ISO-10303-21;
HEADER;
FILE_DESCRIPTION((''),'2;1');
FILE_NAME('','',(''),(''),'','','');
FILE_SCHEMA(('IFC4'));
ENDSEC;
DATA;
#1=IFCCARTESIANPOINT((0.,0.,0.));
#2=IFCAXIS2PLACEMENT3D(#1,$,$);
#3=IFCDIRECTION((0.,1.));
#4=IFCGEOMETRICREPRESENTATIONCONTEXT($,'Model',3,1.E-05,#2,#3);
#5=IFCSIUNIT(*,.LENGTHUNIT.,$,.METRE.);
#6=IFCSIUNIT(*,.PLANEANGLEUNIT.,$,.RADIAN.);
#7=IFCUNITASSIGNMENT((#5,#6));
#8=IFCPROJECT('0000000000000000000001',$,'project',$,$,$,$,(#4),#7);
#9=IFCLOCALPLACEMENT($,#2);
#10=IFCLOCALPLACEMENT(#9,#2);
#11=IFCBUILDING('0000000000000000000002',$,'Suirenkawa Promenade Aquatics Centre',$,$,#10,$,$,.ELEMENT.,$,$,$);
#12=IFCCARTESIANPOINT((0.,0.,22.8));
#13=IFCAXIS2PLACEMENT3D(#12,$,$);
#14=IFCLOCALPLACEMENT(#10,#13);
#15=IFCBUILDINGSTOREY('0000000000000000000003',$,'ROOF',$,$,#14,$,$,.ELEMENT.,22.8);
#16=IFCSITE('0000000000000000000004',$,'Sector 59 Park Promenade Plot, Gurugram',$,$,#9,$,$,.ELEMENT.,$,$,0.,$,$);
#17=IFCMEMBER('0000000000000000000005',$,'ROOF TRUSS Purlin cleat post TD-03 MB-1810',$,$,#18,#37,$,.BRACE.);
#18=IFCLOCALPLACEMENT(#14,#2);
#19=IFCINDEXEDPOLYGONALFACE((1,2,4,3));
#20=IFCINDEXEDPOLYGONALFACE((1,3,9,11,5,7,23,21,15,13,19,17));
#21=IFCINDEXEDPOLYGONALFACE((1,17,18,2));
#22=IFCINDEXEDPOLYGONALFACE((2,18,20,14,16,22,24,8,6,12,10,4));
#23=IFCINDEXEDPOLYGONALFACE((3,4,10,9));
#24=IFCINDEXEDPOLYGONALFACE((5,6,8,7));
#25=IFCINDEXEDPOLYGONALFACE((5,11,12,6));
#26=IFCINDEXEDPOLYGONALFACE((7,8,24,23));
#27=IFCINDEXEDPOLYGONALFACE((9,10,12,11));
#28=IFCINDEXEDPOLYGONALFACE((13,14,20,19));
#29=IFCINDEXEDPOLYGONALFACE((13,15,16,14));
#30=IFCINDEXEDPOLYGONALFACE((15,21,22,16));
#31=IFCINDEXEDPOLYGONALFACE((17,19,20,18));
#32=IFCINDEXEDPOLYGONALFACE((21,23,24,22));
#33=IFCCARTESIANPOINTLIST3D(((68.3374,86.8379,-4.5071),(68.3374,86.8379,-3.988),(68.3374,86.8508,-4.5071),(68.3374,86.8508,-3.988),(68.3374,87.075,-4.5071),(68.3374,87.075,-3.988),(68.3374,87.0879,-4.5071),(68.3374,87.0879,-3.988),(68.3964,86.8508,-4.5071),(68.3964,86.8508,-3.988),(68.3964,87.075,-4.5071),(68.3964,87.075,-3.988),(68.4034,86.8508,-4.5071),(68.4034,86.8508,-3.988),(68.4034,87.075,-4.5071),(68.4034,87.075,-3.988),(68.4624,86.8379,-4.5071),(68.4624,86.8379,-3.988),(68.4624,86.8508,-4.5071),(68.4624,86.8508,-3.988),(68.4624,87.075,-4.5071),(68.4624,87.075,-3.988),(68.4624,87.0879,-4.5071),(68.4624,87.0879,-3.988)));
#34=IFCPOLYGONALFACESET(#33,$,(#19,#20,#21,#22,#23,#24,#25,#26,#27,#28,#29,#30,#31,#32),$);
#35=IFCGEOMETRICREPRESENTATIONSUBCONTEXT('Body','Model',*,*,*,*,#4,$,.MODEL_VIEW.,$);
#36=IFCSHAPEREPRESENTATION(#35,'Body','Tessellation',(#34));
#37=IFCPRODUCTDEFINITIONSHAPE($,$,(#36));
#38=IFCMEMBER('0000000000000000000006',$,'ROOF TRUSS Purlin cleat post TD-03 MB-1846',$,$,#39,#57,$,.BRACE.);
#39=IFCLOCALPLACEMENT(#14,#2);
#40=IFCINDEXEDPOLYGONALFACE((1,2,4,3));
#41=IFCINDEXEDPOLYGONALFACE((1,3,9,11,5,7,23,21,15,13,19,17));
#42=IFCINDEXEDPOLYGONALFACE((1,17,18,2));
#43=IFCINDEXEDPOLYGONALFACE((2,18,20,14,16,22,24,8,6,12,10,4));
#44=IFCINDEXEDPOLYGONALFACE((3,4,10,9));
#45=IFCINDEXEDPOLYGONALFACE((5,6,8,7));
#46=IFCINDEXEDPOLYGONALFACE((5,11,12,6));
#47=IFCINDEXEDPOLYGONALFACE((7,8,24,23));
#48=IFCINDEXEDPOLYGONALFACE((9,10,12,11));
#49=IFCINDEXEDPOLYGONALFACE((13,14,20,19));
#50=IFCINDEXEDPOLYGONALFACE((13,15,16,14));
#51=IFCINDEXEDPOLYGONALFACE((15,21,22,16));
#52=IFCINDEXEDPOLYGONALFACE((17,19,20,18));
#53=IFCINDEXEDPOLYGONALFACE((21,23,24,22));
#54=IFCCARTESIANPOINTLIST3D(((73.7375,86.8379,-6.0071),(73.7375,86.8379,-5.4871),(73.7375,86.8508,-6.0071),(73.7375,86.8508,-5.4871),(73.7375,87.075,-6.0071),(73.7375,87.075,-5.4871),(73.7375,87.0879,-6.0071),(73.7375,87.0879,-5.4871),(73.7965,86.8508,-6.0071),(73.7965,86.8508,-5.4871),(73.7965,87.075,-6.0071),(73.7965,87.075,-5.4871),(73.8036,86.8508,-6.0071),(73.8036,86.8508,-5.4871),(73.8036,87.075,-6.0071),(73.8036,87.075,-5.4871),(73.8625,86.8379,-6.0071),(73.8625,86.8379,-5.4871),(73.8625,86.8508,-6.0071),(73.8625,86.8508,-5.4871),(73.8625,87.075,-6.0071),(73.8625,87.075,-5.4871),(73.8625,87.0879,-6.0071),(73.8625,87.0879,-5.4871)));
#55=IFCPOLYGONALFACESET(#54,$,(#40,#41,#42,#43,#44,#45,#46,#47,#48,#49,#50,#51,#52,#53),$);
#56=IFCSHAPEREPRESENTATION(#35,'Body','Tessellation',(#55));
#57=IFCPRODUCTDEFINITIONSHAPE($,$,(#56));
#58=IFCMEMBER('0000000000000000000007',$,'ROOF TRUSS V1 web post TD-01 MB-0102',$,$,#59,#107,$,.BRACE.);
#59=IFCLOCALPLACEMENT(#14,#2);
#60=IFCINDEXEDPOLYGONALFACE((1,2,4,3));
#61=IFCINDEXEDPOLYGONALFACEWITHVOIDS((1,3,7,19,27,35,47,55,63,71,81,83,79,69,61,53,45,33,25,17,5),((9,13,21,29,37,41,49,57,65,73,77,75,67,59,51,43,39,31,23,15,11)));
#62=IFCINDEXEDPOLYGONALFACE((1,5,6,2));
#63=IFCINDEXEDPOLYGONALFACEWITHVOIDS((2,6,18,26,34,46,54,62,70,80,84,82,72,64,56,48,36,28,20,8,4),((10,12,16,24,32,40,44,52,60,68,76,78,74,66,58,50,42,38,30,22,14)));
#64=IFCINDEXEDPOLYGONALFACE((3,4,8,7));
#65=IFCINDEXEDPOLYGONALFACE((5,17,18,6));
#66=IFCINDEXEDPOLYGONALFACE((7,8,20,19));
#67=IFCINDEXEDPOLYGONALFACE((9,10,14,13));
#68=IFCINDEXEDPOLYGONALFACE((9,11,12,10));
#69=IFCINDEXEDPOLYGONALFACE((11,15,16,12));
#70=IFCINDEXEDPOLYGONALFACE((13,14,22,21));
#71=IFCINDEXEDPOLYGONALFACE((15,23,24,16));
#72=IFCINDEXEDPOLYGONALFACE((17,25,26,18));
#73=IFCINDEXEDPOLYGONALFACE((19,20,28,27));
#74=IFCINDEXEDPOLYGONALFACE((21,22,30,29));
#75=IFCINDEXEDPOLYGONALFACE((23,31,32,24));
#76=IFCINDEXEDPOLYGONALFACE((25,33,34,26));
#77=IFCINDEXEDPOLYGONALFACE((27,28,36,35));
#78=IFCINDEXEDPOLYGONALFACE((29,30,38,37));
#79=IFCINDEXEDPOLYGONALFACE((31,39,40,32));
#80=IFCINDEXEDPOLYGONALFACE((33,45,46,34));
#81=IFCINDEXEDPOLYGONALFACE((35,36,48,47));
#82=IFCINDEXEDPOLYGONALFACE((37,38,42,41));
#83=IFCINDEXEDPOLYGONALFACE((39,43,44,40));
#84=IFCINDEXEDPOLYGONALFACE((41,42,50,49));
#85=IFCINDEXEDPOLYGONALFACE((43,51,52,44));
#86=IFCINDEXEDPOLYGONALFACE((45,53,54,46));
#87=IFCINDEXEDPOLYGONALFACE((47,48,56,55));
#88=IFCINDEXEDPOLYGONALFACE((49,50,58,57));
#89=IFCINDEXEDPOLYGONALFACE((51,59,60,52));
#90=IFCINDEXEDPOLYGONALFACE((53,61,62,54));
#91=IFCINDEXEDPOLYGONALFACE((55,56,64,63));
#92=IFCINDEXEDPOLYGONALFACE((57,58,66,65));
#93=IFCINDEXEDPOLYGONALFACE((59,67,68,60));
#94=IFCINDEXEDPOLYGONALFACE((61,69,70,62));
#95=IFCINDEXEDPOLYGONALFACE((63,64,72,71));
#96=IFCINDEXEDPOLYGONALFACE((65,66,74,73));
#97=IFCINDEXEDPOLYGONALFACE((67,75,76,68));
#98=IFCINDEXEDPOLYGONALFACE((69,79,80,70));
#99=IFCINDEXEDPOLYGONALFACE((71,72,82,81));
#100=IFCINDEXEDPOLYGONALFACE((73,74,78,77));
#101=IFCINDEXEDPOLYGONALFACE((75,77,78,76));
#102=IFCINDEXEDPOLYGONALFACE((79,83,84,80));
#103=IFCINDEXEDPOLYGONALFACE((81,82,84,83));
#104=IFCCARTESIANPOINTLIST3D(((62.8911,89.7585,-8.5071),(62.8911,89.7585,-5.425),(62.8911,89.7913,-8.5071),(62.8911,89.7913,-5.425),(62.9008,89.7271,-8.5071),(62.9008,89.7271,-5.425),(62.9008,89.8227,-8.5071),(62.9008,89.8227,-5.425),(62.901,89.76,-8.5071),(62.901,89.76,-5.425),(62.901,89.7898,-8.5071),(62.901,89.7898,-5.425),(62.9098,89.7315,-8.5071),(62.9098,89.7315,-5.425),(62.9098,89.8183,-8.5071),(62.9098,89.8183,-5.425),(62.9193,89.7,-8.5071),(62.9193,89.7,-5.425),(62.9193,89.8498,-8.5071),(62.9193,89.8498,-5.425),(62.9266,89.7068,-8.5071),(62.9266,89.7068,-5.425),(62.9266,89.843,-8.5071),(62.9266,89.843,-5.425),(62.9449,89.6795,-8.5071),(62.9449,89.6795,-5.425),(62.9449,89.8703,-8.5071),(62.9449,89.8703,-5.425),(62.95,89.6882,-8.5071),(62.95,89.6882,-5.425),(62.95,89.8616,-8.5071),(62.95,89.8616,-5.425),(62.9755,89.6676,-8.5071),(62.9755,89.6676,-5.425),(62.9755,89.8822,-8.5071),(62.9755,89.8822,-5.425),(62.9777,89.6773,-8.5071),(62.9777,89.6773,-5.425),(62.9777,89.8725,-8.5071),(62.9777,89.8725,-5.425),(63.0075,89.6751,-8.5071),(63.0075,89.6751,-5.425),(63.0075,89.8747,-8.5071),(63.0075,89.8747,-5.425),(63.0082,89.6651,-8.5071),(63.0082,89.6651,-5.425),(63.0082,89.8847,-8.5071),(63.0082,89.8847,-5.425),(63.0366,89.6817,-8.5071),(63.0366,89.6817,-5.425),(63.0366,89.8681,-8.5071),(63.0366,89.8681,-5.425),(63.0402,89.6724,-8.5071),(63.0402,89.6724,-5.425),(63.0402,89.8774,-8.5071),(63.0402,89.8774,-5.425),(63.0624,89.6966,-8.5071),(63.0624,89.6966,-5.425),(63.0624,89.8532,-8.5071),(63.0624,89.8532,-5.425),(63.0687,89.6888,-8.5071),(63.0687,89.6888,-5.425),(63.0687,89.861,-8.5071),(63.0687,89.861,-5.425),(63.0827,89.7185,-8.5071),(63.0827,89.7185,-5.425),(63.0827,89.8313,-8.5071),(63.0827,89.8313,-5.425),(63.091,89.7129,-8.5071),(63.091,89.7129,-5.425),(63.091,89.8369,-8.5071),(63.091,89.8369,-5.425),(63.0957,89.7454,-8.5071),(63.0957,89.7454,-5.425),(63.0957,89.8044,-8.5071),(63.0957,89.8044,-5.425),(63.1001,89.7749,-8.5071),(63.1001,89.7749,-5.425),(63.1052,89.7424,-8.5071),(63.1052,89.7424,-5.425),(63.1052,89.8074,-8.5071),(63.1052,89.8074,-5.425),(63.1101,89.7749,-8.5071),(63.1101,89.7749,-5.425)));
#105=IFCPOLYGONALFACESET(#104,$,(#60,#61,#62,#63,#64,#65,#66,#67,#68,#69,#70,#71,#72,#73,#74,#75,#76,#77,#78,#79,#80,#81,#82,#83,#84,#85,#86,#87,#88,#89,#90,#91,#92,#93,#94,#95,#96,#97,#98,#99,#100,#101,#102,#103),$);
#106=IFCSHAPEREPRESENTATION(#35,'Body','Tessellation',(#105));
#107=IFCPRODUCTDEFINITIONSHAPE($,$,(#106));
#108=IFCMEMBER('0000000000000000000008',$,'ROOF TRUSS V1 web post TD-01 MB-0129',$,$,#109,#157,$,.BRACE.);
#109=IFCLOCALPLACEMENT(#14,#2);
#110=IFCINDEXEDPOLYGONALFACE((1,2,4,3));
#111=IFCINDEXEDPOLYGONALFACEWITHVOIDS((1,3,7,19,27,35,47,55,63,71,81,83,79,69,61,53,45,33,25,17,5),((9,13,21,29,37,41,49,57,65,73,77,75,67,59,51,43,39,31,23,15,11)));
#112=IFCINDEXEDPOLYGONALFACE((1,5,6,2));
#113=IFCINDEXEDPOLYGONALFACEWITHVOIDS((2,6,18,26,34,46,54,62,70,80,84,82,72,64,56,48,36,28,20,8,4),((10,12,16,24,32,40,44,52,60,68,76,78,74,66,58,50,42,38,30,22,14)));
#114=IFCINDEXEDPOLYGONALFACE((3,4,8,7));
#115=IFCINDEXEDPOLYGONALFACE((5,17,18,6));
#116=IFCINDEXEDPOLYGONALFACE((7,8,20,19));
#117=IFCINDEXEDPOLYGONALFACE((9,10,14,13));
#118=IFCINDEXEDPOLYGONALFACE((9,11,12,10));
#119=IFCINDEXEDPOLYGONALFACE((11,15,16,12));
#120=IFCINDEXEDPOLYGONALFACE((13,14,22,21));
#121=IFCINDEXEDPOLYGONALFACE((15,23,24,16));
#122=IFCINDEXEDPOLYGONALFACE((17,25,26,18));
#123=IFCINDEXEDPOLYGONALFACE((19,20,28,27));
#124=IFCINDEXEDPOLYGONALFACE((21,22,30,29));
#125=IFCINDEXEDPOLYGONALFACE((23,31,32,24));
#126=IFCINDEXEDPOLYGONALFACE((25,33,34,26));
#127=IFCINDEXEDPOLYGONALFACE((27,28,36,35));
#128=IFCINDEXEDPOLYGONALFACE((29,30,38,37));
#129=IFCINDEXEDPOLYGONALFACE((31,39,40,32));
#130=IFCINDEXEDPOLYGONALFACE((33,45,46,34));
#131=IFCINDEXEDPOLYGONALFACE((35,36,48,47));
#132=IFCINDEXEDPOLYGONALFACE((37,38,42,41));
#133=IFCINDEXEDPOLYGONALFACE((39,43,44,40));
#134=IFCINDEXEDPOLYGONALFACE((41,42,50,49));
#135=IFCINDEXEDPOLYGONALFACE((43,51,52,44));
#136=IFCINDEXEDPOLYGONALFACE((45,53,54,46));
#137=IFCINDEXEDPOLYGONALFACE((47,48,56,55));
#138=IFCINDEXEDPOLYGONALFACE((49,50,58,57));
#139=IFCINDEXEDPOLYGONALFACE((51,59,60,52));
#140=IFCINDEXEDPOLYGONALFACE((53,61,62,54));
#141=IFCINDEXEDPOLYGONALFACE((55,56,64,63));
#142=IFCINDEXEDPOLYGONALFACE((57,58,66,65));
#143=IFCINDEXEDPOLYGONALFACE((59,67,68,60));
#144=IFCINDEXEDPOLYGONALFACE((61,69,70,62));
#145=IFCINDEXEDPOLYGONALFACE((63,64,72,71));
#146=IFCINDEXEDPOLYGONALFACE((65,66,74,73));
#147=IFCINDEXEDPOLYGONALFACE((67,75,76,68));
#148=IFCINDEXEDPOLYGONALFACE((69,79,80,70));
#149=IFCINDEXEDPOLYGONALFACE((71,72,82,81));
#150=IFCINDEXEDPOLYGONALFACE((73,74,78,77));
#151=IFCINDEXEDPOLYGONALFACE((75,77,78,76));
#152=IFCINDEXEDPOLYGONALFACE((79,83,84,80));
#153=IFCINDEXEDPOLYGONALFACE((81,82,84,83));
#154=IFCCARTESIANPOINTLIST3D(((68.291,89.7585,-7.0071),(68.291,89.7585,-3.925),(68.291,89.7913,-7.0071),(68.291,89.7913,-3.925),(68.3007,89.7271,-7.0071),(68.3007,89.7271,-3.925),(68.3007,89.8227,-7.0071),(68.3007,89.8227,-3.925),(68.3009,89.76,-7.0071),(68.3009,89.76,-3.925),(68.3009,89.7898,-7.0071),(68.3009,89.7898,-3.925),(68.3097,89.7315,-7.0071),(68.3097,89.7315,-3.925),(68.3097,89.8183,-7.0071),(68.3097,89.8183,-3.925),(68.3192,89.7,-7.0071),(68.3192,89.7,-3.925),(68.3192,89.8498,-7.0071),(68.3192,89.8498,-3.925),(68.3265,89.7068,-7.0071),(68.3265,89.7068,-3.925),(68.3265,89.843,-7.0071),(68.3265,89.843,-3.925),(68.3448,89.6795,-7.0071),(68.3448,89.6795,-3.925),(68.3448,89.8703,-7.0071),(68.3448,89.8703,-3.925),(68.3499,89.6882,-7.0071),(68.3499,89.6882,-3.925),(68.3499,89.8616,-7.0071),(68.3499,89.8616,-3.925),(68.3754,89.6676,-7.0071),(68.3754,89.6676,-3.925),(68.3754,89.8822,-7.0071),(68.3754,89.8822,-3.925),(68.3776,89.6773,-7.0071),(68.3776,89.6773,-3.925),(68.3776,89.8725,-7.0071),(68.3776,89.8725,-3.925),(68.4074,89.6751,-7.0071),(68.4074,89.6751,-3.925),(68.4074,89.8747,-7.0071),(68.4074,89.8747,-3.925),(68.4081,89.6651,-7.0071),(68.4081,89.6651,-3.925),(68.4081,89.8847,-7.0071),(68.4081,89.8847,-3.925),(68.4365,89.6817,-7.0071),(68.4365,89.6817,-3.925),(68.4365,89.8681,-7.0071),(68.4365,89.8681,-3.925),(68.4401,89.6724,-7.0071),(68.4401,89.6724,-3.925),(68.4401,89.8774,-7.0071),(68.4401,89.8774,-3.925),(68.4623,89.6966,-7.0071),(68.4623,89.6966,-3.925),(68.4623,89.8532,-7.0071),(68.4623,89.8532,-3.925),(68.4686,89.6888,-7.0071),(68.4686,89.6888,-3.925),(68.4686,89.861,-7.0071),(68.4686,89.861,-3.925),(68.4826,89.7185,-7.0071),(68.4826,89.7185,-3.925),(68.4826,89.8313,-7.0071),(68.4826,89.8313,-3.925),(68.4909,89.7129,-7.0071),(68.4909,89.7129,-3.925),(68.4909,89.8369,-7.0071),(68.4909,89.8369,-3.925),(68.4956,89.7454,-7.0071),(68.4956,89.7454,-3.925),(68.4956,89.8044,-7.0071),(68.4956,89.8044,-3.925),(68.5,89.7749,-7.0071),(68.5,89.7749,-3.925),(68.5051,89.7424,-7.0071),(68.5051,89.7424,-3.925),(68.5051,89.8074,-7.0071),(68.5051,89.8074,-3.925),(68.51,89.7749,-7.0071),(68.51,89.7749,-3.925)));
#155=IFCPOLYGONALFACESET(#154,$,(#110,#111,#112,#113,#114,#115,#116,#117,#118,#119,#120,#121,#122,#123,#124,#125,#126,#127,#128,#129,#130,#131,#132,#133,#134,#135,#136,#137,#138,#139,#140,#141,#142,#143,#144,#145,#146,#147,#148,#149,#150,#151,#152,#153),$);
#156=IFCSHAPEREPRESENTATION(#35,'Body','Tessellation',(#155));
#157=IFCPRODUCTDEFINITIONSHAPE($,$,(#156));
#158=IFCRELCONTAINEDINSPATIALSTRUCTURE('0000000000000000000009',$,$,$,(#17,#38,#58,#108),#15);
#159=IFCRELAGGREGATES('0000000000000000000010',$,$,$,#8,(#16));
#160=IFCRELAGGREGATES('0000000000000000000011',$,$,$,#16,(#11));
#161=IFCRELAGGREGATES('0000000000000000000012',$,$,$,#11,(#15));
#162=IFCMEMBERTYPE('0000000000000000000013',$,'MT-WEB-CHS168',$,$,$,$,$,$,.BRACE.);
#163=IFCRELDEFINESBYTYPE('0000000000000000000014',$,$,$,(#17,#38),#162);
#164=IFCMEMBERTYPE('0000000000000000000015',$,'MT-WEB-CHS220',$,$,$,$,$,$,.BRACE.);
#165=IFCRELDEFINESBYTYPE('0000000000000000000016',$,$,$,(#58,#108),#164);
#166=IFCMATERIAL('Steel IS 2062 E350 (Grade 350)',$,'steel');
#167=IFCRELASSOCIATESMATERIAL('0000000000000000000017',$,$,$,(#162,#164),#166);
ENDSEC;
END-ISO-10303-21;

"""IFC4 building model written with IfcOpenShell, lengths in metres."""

from ifc_helpers import new_model, si_unit, direction, frame, origin, origin_2d, place, context, subcontext, project, spatial, hollow_circle, i_section, extrude, material, material_profile, profile_set, type_object, element, save


model = new_model("IFC4")

# Units and contexts
model_context = context("Model", 3, precision=1e-05, world=origin(), true_north=direction((0.0, 1.0)))
body_context = subcontext(model_context, "Body", "Model", "MODEL_VIEW")
ifc_project = project(units=[si_unit("LENGTHUNIT", "METRE"), si_unit("PLANEANGLEUNIT", "RADIAN")], contexts=[model_context])

# Site, building, storey
site_placement = place(None, origin())
site = spatial("IfcSite", under=ifc_project, at=site_placement, Name="Sector 59 Park Promenade Plot, Gurugram", CompositionType="ELEMENT", RefElevation=0.0)
building_placement = place(site_placement, origin())
building = spatial("IfcBuilding", under=site, at=building_placement, Name="Suirenkawa Promenade Aquatics Centre", CompositionType="ELEMENT")
storey_placement = place(building_placement, frame((0.0, 0.0, 22.8)))
storey = spatial("IfcBuildingStorey", under=building, at=storey_placement, Name="ROOF", CompositionType="ELEMENT", Elevation=22.8)

# Shared definitions
ifc_material = material(Name="Steel IS 2062 E350 (Grade 350)", Category="steel")

# Members
ifc_material_profile_1 = material_profile(ifc_material, i_section(OverallWidth=0.125, OverallDepth=0.25, WebThickness=0.0071, FlangeThickness=0.0129, at=origin_2d()), Name="ISMB 250", Category="steel")
ifc_profile_set_1 = profile_set([ifc_material_profile_1], Name="Steel IS 2062 E350 (Grade 350)")
member_type_1 = type_object("IfcMemberType", Name="MT-WEB-CHS168", PredefinedType="BRACE", material=ifc_profile_set_1)
member_1_placement = place(storey_placement, frame((68.3999, 86.9629, -4.5071), z_axis=(0.0, 0.0, 1.0), x_axis=(1.0, 0.0, 0.0)))
element("IfcMember", 1, at=member_1_placement, inside=storey, type_object=member_type_1, Name="ROOF TRUSS Purlin cleat post TD-03 MB-1810", PredefinedType="BRACE", context=body_context, shape_type="SweptSolid", body=[
    extrude(i_section(OverallWidth=0.125, OverallDepth=0.25, WebThickness=0.0071, FlangeThickness=0.0129, at=origin_2d()), origin(), (0.0, 0.0, 1.0), 0.519),
])
member_2_placement = place(storey_placement, frame((73.8, 86.9629, -6.0071), z_axis=(0.0, 0.0, 1.0), x_axis=(1.0, 0.0, 0.0)))
element("IfcMember", 2, at=member_2_placement, inside=storey, type_object=member_type_1, Name="ROOF TRUSS Purlin cleat post TD-03 MB-1846", PredefinedType="BRACE", context=body_context, shape_type="SweptSolid", body=[
    extrude(i_section(OverallWidth=0.125, OverallDepth=0.25, WebThickness=0.0071, FlangeThickness=0.0129, at=origin_2d()), origin(), (0.0, 0.0, 1.0), 0.52),
])
ifc_material_profile_2 = material_profile(ifc_material, hollow_circle(Radius=0.1101, WallThickness=0.01, at=origin_2d()), Name="CHS 220x10", Category="steel")
ifc_profile_set_2 = profile_set([ifc_material_profile_2], Name="Steel IS 2062 E350 (Grade 350)")
member_type_2 = type_object("IfcMemberType", Name="MT-WEB-CHS220", PredefinedType="BRACE", material=ifc_profile_set_2)
for number, where, z_axis, x_axis, name in (
    (3, (63.0, 89.7749, -8.5071), (0.0, 0.0, 1.0), (1.0, 0.0, 0.0), "ROOF TRUSS V1 web post TD-01 MB-0102"),
    (4, (68.3999, 89.7749, -7.0071), (0.0, 0.0, 1.0), (1.0, 0.0, 0.0), "ROOF TRUSS V1 web post TD-01 MB-0129"),
):
    element("IfcMember", number, at=place(storey_placement, frame(where, z_axis=z_axis, x_axis=x_axis)), inside=storey, type_object=member_type_2, Name=name, PredefinedType="BRACE", context=body_context, shape_type="SweptSolid", body=[
        extrude(hollow_circle(Radius=0.1101, WallThickness=0.01, at=origin_2d()), origin(), (0.0, 0.0, 1.0), 3.082),
    ])

save(model, "model.ifc")
